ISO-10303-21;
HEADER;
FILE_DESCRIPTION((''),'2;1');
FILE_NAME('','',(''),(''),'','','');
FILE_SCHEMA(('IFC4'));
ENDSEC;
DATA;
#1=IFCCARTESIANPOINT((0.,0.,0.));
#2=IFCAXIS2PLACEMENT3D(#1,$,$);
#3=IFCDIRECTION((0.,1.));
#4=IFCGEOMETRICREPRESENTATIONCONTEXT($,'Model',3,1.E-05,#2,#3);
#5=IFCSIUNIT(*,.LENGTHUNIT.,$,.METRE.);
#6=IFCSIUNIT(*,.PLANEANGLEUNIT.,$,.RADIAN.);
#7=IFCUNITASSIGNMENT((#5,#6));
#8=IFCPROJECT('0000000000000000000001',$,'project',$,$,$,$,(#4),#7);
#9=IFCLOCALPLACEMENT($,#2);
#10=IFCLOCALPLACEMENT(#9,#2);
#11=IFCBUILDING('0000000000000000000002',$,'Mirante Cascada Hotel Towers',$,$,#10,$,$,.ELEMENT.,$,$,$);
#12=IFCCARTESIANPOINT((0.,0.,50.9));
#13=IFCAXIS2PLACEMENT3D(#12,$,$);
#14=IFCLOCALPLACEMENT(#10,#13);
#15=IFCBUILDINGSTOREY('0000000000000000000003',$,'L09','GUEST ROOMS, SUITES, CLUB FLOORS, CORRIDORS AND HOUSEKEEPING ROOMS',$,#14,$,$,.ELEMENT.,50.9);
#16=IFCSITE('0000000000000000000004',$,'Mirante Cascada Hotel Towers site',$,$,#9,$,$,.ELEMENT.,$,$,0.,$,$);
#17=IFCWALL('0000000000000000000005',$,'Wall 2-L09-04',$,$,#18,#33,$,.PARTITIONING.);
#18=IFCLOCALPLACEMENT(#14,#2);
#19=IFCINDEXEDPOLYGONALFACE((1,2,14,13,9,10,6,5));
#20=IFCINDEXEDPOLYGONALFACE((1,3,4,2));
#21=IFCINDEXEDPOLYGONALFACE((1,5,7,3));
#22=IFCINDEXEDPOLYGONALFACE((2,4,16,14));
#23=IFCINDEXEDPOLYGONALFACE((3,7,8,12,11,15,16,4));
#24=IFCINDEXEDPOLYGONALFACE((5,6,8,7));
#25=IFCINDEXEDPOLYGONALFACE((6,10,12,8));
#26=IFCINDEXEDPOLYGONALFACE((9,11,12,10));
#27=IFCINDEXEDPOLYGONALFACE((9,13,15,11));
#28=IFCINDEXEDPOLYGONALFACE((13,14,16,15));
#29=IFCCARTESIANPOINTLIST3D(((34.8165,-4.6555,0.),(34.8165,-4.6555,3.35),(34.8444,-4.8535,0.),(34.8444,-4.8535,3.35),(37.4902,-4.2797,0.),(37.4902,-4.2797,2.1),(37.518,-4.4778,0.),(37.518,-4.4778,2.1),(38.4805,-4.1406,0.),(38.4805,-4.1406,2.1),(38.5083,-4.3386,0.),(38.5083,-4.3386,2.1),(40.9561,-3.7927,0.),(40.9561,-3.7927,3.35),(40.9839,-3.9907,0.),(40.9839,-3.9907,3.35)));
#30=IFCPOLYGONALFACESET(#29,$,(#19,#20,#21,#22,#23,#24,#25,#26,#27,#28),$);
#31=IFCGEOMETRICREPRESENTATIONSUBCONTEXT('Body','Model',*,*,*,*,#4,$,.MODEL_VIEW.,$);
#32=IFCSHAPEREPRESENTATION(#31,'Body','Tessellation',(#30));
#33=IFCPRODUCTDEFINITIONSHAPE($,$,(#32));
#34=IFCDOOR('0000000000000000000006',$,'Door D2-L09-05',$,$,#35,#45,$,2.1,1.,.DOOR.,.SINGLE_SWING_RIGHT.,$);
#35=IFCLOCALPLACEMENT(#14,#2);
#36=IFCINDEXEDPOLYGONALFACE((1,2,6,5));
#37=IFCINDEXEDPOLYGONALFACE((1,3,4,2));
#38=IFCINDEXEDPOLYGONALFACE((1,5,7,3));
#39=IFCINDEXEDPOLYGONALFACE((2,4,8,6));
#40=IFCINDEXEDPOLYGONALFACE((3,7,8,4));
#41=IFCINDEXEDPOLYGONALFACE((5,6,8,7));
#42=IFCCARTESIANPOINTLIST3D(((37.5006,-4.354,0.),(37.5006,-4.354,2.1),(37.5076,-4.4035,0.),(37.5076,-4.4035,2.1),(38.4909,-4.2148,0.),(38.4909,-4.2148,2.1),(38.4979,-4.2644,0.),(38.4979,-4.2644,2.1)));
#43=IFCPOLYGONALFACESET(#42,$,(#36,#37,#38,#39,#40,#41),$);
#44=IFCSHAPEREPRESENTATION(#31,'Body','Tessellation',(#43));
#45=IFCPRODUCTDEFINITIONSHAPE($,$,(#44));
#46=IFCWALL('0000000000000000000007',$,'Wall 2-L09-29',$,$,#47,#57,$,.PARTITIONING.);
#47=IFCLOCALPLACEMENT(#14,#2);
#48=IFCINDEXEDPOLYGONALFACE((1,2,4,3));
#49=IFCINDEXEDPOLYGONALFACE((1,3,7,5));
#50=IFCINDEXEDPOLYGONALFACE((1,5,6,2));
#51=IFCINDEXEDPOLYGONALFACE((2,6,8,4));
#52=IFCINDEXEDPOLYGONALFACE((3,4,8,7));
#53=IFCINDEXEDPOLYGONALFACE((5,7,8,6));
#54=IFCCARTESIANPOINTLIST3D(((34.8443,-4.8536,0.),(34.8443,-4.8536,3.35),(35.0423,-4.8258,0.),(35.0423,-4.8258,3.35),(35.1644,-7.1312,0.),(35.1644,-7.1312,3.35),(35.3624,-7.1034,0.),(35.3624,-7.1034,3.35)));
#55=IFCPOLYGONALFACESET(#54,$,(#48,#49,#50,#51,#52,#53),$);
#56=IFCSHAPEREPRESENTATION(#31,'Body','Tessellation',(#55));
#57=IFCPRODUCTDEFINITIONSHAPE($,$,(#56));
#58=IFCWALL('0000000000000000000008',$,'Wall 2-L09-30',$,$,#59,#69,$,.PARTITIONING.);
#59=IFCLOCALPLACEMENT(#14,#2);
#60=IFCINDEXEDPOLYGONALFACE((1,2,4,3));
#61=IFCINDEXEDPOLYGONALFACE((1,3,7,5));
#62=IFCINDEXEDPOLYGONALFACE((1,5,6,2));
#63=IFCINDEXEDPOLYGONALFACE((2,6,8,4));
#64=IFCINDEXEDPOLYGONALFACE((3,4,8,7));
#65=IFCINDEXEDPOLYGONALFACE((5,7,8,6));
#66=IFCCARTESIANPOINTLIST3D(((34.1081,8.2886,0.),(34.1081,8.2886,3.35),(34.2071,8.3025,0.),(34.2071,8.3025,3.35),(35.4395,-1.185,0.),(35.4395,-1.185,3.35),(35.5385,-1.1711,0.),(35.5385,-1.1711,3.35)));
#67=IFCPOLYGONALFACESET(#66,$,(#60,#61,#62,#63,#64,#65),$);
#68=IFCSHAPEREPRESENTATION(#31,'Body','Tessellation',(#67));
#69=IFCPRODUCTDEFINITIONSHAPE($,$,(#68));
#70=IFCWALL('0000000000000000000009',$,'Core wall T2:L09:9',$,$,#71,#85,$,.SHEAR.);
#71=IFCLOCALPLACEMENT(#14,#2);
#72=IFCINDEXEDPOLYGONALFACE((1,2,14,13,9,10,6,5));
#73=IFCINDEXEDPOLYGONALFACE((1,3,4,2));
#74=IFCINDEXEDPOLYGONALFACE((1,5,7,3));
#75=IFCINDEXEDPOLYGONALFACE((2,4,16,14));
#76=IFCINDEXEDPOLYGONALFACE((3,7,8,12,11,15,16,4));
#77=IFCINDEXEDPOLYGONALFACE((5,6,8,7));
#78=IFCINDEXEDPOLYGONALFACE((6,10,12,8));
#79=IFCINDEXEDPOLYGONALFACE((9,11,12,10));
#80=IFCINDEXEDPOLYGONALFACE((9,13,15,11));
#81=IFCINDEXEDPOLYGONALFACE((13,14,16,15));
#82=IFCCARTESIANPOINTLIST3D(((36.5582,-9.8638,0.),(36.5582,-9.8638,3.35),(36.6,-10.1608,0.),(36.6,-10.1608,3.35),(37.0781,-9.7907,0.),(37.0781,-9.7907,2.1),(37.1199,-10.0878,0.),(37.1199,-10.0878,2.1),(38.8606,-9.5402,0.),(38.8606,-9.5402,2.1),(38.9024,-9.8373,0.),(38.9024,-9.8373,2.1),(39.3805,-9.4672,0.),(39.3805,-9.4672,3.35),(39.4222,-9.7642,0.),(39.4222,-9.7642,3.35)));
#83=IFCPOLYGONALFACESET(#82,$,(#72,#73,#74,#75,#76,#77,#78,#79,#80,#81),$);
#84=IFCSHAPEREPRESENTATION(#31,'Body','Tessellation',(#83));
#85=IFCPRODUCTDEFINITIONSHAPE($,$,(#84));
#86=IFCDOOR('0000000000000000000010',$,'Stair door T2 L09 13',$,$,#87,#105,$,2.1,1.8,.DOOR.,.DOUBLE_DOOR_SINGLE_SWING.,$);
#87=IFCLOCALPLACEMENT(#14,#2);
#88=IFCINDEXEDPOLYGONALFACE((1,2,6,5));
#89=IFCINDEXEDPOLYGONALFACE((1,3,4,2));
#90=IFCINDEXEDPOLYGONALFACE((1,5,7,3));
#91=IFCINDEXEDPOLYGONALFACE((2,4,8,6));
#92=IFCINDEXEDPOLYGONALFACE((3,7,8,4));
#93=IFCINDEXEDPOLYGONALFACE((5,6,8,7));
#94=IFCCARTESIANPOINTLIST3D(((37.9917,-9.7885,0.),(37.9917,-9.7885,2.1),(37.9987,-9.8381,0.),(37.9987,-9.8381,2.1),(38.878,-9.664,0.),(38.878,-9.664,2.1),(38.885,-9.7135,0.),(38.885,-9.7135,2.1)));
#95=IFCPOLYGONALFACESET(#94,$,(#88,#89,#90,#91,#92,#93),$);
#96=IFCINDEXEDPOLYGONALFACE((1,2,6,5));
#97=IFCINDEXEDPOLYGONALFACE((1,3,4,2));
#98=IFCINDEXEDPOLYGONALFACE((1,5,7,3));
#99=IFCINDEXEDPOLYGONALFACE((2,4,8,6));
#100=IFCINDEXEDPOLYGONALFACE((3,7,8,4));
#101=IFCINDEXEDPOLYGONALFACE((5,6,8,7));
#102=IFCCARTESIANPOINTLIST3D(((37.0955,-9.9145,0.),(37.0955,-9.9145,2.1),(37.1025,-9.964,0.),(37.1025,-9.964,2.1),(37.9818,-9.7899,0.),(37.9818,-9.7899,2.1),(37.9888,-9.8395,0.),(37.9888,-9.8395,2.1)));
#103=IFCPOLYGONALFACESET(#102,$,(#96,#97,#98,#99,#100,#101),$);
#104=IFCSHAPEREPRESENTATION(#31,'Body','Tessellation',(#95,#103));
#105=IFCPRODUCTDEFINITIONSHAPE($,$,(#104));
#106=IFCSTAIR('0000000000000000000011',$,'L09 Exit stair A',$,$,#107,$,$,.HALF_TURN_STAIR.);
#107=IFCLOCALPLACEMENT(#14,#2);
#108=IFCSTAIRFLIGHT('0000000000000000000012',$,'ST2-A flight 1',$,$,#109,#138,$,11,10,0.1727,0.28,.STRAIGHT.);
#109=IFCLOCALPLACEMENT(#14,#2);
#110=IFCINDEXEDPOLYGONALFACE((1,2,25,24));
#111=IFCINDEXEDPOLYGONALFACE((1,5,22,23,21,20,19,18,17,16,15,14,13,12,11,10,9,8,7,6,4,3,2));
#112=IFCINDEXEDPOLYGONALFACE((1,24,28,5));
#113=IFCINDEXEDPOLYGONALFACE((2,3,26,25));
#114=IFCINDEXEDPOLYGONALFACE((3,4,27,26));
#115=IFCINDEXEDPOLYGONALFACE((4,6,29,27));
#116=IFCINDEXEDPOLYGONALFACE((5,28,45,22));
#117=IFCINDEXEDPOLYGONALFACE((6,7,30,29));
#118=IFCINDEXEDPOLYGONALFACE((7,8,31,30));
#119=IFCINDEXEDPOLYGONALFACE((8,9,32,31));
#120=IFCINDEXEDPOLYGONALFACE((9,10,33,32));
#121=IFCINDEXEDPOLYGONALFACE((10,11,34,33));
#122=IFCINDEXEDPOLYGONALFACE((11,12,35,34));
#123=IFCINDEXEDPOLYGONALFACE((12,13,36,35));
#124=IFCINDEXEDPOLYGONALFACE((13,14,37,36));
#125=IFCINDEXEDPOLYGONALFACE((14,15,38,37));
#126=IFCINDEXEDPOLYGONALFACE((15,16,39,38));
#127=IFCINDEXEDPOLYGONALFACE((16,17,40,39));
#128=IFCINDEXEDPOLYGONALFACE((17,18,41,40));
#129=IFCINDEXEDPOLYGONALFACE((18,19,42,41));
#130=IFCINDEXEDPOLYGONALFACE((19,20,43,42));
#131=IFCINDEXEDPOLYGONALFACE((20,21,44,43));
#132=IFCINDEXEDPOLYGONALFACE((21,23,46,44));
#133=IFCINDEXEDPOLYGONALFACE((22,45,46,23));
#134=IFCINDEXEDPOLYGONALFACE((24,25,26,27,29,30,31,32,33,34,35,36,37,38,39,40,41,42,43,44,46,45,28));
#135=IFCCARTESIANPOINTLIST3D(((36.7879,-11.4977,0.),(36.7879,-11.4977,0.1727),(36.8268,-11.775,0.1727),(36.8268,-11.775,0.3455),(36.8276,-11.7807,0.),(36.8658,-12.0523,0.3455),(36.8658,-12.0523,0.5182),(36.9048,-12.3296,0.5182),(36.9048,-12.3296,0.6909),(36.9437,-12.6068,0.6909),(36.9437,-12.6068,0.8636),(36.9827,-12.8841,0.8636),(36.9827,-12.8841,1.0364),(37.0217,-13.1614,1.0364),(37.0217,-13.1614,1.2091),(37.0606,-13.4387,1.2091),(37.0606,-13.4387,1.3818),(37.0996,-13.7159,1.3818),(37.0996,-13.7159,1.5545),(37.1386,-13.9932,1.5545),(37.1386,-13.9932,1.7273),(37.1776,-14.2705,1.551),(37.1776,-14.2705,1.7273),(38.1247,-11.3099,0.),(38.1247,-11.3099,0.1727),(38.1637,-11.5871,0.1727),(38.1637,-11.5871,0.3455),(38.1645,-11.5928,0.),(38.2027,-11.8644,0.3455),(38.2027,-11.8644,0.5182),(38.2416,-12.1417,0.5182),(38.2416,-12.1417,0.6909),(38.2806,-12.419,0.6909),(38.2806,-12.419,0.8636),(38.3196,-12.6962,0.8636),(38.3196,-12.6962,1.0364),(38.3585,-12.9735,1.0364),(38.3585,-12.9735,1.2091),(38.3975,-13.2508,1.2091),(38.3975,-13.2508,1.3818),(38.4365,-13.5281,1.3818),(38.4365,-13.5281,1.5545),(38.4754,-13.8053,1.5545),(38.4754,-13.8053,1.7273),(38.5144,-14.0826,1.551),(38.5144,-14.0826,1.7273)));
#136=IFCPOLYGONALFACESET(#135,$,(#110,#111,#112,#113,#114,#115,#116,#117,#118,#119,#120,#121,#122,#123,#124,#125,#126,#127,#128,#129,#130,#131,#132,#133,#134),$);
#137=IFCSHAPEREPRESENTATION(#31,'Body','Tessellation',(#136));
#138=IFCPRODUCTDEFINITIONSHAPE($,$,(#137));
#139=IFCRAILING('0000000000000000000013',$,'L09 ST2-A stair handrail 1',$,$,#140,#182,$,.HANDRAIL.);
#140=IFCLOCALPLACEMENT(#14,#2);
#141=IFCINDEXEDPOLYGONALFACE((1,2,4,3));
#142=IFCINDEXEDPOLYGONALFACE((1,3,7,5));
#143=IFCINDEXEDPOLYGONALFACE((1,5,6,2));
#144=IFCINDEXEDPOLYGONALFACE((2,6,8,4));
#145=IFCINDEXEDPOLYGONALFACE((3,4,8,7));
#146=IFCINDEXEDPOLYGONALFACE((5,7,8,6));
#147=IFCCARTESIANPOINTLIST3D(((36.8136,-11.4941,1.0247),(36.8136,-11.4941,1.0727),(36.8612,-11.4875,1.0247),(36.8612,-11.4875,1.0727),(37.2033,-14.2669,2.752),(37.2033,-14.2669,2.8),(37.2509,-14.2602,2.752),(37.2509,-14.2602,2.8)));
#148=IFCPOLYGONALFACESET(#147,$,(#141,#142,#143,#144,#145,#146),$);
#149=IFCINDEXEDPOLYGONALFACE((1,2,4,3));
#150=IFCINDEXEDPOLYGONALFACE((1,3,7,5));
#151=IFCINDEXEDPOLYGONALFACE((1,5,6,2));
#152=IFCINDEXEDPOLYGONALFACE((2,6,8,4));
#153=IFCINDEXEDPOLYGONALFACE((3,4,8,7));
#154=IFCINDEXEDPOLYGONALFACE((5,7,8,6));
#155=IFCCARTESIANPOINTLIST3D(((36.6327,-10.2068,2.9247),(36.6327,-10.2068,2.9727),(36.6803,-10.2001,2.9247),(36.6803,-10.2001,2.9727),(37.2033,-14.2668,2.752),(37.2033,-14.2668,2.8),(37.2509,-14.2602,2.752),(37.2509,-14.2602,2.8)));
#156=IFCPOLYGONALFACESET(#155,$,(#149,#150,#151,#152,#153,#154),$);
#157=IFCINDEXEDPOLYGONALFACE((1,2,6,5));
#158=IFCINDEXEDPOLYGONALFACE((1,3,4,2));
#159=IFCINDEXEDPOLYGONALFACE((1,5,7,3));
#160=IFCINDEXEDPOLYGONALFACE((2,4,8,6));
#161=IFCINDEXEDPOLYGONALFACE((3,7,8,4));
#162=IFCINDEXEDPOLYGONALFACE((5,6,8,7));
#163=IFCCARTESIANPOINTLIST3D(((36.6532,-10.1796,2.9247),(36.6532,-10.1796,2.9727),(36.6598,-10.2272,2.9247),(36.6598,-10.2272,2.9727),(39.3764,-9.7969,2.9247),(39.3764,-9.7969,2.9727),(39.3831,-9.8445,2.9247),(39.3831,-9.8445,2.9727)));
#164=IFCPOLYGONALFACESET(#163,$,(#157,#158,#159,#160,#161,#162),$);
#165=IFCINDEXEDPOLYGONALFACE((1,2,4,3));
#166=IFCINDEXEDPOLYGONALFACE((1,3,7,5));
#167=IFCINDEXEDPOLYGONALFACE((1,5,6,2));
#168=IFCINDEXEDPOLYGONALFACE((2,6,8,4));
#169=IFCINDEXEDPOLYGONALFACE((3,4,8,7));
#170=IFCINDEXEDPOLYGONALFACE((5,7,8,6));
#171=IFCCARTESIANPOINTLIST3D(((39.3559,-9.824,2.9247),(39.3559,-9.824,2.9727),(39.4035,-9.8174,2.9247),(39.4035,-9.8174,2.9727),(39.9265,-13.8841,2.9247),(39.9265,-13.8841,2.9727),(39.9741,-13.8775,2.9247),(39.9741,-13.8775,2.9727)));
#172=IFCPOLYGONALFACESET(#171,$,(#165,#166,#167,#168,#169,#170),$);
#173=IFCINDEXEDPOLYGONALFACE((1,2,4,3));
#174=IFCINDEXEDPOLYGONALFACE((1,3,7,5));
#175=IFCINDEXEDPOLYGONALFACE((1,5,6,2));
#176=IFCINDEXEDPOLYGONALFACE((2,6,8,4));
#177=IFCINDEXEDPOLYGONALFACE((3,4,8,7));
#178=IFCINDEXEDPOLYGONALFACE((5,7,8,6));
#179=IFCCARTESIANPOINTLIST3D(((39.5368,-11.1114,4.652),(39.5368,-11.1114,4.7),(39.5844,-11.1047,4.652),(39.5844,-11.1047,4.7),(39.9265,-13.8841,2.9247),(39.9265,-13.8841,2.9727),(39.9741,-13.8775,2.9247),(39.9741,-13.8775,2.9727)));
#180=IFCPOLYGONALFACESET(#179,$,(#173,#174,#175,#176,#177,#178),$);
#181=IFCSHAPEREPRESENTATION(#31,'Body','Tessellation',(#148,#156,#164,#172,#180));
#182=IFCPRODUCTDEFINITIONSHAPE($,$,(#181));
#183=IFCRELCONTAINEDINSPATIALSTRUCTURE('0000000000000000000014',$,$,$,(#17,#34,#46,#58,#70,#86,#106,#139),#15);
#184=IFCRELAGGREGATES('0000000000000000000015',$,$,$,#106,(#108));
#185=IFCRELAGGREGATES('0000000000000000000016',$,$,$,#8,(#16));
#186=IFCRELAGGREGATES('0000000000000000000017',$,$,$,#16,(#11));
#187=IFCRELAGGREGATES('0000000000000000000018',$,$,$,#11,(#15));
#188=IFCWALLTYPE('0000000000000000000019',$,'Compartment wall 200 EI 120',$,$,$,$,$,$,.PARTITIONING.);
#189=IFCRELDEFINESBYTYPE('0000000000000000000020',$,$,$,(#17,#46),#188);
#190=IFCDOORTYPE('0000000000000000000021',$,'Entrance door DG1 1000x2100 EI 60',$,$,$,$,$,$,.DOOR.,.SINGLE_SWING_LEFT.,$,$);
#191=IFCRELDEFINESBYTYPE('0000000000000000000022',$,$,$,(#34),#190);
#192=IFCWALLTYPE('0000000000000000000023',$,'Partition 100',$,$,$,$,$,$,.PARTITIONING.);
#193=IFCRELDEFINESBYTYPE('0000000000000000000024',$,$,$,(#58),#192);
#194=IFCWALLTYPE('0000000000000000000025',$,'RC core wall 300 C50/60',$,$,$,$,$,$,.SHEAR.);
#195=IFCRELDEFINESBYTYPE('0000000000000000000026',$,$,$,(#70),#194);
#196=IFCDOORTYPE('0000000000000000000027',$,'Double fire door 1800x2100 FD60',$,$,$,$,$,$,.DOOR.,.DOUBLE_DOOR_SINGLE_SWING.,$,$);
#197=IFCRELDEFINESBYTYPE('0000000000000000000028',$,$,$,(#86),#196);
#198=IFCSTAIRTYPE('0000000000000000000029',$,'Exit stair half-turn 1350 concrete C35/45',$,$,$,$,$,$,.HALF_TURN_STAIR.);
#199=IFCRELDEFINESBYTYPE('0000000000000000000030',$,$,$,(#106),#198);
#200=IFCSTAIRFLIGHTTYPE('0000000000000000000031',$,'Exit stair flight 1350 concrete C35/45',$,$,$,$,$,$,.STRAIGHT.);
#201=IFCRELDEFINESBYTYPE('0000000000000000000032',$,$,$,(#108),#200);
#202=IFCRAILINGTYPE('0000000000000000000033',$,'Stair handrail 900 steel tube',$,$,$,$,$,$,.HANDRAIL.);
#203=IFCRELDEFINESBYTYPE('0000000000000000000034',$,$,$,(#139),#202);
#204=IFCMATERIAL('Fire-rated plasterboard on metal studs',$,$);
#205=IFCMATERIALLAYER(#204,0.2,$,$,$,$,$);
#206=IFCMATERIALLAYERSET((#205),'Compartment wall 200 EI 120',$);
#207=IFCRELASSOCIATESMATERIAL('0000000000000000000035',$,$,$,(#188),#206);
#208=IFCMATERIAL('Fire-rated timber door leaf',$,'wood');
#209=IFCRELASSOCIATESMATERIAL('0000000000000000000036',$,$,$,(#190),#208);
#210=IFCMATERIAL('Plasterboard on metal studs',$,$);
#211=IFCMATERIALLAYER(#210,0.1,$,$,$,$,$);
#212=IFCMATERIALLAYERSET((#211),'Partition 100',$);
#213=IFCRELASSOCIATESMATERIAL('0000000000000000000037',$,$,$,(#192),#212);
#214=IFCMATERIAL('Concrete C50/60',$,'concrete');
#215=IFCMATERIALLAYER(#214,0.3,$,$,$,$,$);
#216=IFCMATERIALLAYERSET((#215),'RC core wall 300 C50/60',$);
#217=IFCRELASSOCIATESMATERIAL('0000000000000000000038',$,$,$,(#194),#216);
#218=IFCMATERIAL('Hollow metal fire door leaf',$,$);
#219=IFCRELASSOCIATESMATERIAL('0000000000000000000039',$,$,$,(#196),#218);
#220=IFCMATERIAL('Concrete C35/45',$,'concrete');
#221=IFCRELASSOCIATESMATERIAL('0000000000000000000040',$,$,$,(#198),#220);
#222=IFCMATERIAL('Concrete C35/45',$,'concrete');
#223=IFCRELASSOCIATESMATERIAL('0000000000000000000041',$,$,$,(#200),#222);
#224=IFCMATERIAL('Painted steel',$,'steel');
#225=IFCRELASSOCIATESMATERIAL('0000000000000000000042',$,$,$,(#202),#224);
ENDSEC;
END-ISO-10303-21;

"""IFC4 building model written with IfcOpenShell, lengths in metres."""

from ifc_helpers import new_model, si_unit, direction, frame, frame_2d, origin, origin_2d, place, context, subcontext, project, spatial, polyline, rectangle, outline, extrude, material, layer, layer_set, type_object, element, fill, aggregate, save


model = new_model("IFC4")

# Units and contexts
model_context = context("Model", 3, precision=1e-05, world=origin(), true_north=direction((0.0, 1.0)))
body_context = subcontext(model_context, "Body", "Model", "MODEL_VIEW")
ifc_project = project(units=[si_unit("LENGTHUNIT", "METRE"), si_unit("PLANEANGLEUNIT", "RADIAN")], contexts=[model_context])

# Site, building, storey
site_placement = place(None, origin())
site = spatial("IfcSite", under=ifc_project, at=site_placement, Name="Mirante Cascada Hotel Towers site", CompositionType="ELEMENT", RefElevation=0.0)
building_placement = place(site_placement, origin())
building = spatial("IfcBuilding", under=site, at=building_placement, Name="Mirante Cascada Hotel Towers", CompositionType="ELEMENT")
storey_placement = place(building_placement, frame((0.0, 0.0, 50.9)))
storey = spatial("IfcBuildingStorey", under=building, at=storey_placement, Name="L09", Description="GUEST ROOMS, SUITES, CLUB FLOORS, CORRIDORS AND HOUSEKEEPING ROOMS", CompositionType="ELEMENT", Elevation=50.9)

# Wall, opening, door
ifc_material_1 = material(Name="Fire-rated plasterboard on metal studs")
ifc_layer_1 = layer(ifc_material_1, 0.2)
ifc_layer_set_1 = layer_set([ifc_layer_1], Name="Compartment wall 200 EI 120")
wall_type_1 = type_object("IfcWallType", Name="Compartment wall 200 EI 120", PredefinedType="PARTITIONING", material=ifc_layer_set_1)
wall_1_placement = place(storey_placement, frame((34.8304, -4.7545, 0.0), z_axis=(0.0, 0.0, 1.0), x_axis=(0.99027, 0.139163, 0.0)))
wall_1 = element("IfcWall", 1, at=wall_1_placement, inside=storey, type_object=wall_type_1, Name="Wall 2-L09-04", PredefinedType="PARTITIONING", context=body_context, shape_type="SweptSolid", body=[
    extrude(rectangle(XDim=6.1999, YDim=0.2, at=frame_2d((3.1, 0.0))), origin(), (0.0, 0.0, 1.0), 3.35),
])
opening_1_placement = place(wall_1_placement, frame((2.7, 0.0, 0.0)))
opening_1 = element("IfcOpeningElement", 2, at=opening_1_placement, cuts=wall_1, PredefinedType="OPENING", context=body_context, shape_type="SweptSolid", body=[
    extrude(rectangle(XDim=1.0, YDim=2.1, at=frame_2d((0.5, 1.05))), frame((0.0, 0.1, 0.0), z_axis=(0.0, -1.0, 0.0), x_axis=(1.0, 0.0, 0.0)), (0.0, 0.0, 1.0), 0.2),
])
ifc_material_2 = material(Name="Fire-rated timber door leaf", Category="wood")
door_type_1 = type_object("IfcDoorType", Name="Entrance door DG1 1000x2100 EI 60", OperationType="SINGLE_SWING_LEFT", PredefinedType="DOOR", material=ifc_material_2)
door_1_placement = place(opening_1_placement, frame((1.0, 0.0, 0.0), z_axis=(0.0, 0.0, 1.0), x_axis=(-1.0, 0.0, 0.0)))
door_1 = element("IfcDoor", 3, at=door_1_placement, inside=storey, type_object=door_type_1, Name="Door D2-L09-05", OperationType="SINGLE_SWING_RIGHT", OverallHeight=2.1, OverallWidth=1.0, PredefinedType="DOOR", context=body_context, shape_type="SweptSolid", body=[
    extrude(rectangle(XDim=1.0, YDim=2.1, at=frame_2d((0.5, 1.05))), frame((0.0, 0.025, 0.0), z_axis=(0.0, -1.0, 0.0), x_axis=(1.0, 0.0, 0.0)), (0.0, 0.0, 1.0), 0.05),
])
fill(opening_1, door_1)

# Walls
wall_2_placement = place(storey_placement, frame((34.9433, -4.8397, 0.0), z_axis=(0.0, 0.0, 1.0), x_axis=(0.139175, -0.990268, 0.0)))
element("IfcWall", 4, at=wall_2_placement, inside=storey, type_object=wall_type_1, Name="Wall 2-L09-29", PredefinedType="PARTITIONING", context=body_context, shape_type="SweptSolid", body=[
    extrude(rectangle(XDim=2.3, YDim=0.2, at=frame_2d((1.15, 0.0))), origin(), (0.0, 0.0, 1.0), 3.35),
])
ifc_material_3 = material(Name="Plasterboard on metal studs")
ifc_layer_2 = layer(ifc_material_3, 0.1)
ifc_layer_set_2 = layer_set([ifc_layer_2], Name="Partition 100")
wall_type_2 = type_object("IfcWallType", Name="Partition 100", PredefinedType="PARTITIONING", material=ifc_layer_set_2)
wall_3_placement = place(storey_placement, frame((35.489, -1.1781, 0.0), z_axis=(0.0, 0.0, 1.0), x_axis=(-0.13917, 0.990268, 0.0)))
element("IfcWall", 5, at=wall_3_placement, inside=storey, type_object=wall_type_2, Name="Wall 2-L09-30", PredefinedType="PARTITIONING", context=body_context, shape_type="SweptSolid", body=[
    extrude(rectangle(XDim=9.5667, YDim=0.1, at=frame_2d((4.7834, 0.0))), origin(), (0.0, 0.0, 1.0), 3.35),
])

# Wall, opening, door
ifc_material_4 = material(Name="Concrete C50/60", Category="concrete")
ifc_layer_3 = layer(ifc_material_4, 0.3)
ifc_layer_set_3 = layer_set([ifc_layer_3], Name="RC core wall 300 C50/60")
wall_type_3 = type_object("IfcWallType", Name="RC core wall 300 C50/60", PredefinedType="SHEAR", material=ifc_layer_set_3)
wall_4_placement = place(storey_placement, frame((36.5791, -10.0123, 0.0), z_axis=(0.0, 0.0, 1.0), x_axis=(0.99027, 0.139156, 0.0)))
wall_4 = element("IfcWall", 6, at=wall_4_placement, inside=storey, type_object=wall_type_3, Name="Core wall T2:L09:9", PredefinedType="SHEAR", context=body_context, shape_type="SweptSolid", body=[
    extrude(rectangle(XDim=2.85, YDim=0.3, at=frame_2d((1.425, 0.0))), origin(), (0.0, 0.0, 1.0), 3.35),
])
opening_2_placement = place(wall_4_placement, frame((0.525, 0.0, 0.0)))
opening_2 = element("IfcOpeningElement", 7, at=opening_2_placement, cuts=wall_4, PredefinedType="OPENING", context=body_context, shape_type="SweptSolid", body=[
    extrude(rectangle(XDim=1.8, YDim=2.1, at=frame_2d((0.9, 1.05))), frame((0.0, 0.15, 0.0), z_axis=(0.0, -1.0, 0.0), x_axis=(1.0, 0.0, 0.0)), (0.0, 0.0, 1.0), 0.3),
])
ifc_material_5 = material(Name="Hollow metal fire door leaf")
door_type_2 = type_object("IfcDoorType", Name="Double fire door 1800x2100 FD60", OperationType="DOUBLE_DOOR_SINGLE_SWING", PredefinedType="DOOR", material=ifc_material_5)
door_2_placement = place(opening_2_placement, frame((1.8, 0.0, 0.0), z_axis=(0.0, 0.0, 1.0), x_axis=(-1.0, 0.0, 0.0)))
door_2 = element("IfcDoor", 8, at=door_2_placement, inside=storey, type_object=door_type_2, Name="Stair door T2 L09 13", OperationType="DOUBLE_DOOR_SINGLE_SWING", OverallHeight=2.1, OverallWidth=1.8, PredefinedType="DOOR", context=body_context, shape_type="SweptSolid", body=[
    extrude(rectangle(XDim=0.895, YDim=2.1, at=frame_2d((0.4475, 1.05))), frame((0.0, 0.025, 0.0), z_axis=(0.0, -1.0, 0.0), x_axis=(1.0, 0.0, 0.0)), (0.0, 0.0, 1.0), 0.05),
    extrude(rectangle(XDim=0.895, YDim=2.1, at=frame_2d((1.3525, 1.05))), frame((0.0, 0.025, 0.0), z_axis=(0.0, -1.0, 0.0), x_axis=(1.0, 0.0, 0.0)), (0.0, 0.0, 1.0), 0.05),
])
fill(opening_2, door_2)

# Stair, stair flight
ifc_material_6 = material(Name="Concrete C35/45", Category="concrete")
stair_type = type_object("IfcStairType", Name="Exit stair half-turn 1350 concrete C35/45", PredefinedType="HALF_TURN_STAIR", material=ifc_material_6)
stair_placement = place(storey_placement, origin())
stair = element("IfcStair", 9, at=stair_placement, inside=storey, type_object=stair_type, Name="L09 Exit stair A", PredefinedType="HALF_TURN_STAIR")
ifc_material_7 = material(Name="Concrete C35/45", Category="concrete")
stair_flight_type = type_object("IfcStairFlightType", Name="Exit stair flight 1350 concrete C35/45", PredefinedType="STRAIGHT", material=ifc_material_7)
stair_flight_placement = place(storey_placement, frame((37.4563, -11.4038, 0.0), z_axis=(0.0, 0.0, 1.0), x_axis=(0.139173, -0.990268, 0.0)))
stair_flight = element("IfcStairFlight", 10, at=stair_flight_placement, type_object=stair_flight_type, Name="ST2-A flight 1", NumberOfRisers=11, NumberOfTreads=10, PredefinedType="STRAIGHT", RiserHeight=0.1727, TreadLength=0.28, context=body_context, shape_type="SweptSolid", body=[
    extrude(outline(polyline([(0.0, 0.0), (0.0, 0.1727), (0.28, 0.1727), (0.28, 0.3455), (0.56, 0.3455), (0.56, 0.5182), (0.84, 0.5182), (0.84, 0.6909), (1.12, 0.6909), (1.12, 0.8636), (1.4, 0.8636), (1.4, 1.0364), (1.68, 1.0364), (1.68, 1.2091), (1.96, 1.2091), (1.96, 1.3818), (2.24, 1.3818), (2.24, 1.5545), (2.52, 1.5545), (2.52, 1.7273), (2.8, 1.7273), (2.8, 1.9), (2.8, 1.551), (0.2857, 0.0), (0.0, 0.0)])), frame((0.0, 0.675, 0.0), z_axis=(0.0, -1.0, 0.0), x_axis=(1.0, 0.0, 0.0)), (0.0, 0.0, 1.0), 1.35),
])
aggregate(stair, [stair_flight])

# Railing
ifc_material_8 = material(Name="Painted steel", Category="steel")
railing_type = type_object("IfcRailingType", Name="Stair handrail 900 steel tube", PredefinedType="HANDRAIL", material=ifc_material_8)
railing_placement = place(storey_placement, frame((36.8374, -11.4908, 0.1727)))
element("IfcRailing", 11, at=railing_placement, inside=storey, type_object=railing_type, Name="L09 ST2-A stair handrail 1", PredefinedType="HANDRAIL", context=body_context, shape_type="SweptSolid", body=[
    extrude(rectangle(XDim=0.048, YDim=0.048, at=origin_2d()), frame((0.0, 0.0, 0.876), z_axis=(0.139181, -0.990267, 0.0), x_axis=(0.990267, 0.139181, 0.0)), (0.0, 0.525035, 0.851081), 3.2899),
    extrude(rectangle(XDim=0.048, YDim=0.048, at=origin_2d()), frame((0.3897, -2.7727, 2.6033), z_axis=(-0.139171, 0.990268, 0.0), x_axis=(-0.990268, -0.139171, 0.0)), (0.0, 0.042085, 0.999114), 4.1036),
    extrude(rectangle(XDim=0.048, YDim=0.048, at=origin_2d()), frame((-0.1809, 1.2874, 2.776), z_axis=(0.990269, 0.139166, 0.0), x_axis=(-0.139166, 0.990269, 0.0)), (0.0, 0.0, 1.0), 2.75),
    extrude(rectangle(XDim=0.048, YDim=0.048, at=origin_2d()), frame((2.5423, 1.6701, 2.776), z_axis=(0.139171, -0.990268, 0.0), x_axis=(0.990268, 0.139171, 0.0)), (0.0, 0.0, 1.0), 4.1),
    extrude(rectangle(XDim=0.048, YDim=0.048, at=origin_2d()), frame((3.1129, -2.39, 2.776), z_axis=(-0.139181, 0.990267, 0.0), x_axis=(-0.990267, -0.139181, 0.0)), (0.0, 0.525035, 0.851081), 3.2899),
])

save(model, "model.ifc")
